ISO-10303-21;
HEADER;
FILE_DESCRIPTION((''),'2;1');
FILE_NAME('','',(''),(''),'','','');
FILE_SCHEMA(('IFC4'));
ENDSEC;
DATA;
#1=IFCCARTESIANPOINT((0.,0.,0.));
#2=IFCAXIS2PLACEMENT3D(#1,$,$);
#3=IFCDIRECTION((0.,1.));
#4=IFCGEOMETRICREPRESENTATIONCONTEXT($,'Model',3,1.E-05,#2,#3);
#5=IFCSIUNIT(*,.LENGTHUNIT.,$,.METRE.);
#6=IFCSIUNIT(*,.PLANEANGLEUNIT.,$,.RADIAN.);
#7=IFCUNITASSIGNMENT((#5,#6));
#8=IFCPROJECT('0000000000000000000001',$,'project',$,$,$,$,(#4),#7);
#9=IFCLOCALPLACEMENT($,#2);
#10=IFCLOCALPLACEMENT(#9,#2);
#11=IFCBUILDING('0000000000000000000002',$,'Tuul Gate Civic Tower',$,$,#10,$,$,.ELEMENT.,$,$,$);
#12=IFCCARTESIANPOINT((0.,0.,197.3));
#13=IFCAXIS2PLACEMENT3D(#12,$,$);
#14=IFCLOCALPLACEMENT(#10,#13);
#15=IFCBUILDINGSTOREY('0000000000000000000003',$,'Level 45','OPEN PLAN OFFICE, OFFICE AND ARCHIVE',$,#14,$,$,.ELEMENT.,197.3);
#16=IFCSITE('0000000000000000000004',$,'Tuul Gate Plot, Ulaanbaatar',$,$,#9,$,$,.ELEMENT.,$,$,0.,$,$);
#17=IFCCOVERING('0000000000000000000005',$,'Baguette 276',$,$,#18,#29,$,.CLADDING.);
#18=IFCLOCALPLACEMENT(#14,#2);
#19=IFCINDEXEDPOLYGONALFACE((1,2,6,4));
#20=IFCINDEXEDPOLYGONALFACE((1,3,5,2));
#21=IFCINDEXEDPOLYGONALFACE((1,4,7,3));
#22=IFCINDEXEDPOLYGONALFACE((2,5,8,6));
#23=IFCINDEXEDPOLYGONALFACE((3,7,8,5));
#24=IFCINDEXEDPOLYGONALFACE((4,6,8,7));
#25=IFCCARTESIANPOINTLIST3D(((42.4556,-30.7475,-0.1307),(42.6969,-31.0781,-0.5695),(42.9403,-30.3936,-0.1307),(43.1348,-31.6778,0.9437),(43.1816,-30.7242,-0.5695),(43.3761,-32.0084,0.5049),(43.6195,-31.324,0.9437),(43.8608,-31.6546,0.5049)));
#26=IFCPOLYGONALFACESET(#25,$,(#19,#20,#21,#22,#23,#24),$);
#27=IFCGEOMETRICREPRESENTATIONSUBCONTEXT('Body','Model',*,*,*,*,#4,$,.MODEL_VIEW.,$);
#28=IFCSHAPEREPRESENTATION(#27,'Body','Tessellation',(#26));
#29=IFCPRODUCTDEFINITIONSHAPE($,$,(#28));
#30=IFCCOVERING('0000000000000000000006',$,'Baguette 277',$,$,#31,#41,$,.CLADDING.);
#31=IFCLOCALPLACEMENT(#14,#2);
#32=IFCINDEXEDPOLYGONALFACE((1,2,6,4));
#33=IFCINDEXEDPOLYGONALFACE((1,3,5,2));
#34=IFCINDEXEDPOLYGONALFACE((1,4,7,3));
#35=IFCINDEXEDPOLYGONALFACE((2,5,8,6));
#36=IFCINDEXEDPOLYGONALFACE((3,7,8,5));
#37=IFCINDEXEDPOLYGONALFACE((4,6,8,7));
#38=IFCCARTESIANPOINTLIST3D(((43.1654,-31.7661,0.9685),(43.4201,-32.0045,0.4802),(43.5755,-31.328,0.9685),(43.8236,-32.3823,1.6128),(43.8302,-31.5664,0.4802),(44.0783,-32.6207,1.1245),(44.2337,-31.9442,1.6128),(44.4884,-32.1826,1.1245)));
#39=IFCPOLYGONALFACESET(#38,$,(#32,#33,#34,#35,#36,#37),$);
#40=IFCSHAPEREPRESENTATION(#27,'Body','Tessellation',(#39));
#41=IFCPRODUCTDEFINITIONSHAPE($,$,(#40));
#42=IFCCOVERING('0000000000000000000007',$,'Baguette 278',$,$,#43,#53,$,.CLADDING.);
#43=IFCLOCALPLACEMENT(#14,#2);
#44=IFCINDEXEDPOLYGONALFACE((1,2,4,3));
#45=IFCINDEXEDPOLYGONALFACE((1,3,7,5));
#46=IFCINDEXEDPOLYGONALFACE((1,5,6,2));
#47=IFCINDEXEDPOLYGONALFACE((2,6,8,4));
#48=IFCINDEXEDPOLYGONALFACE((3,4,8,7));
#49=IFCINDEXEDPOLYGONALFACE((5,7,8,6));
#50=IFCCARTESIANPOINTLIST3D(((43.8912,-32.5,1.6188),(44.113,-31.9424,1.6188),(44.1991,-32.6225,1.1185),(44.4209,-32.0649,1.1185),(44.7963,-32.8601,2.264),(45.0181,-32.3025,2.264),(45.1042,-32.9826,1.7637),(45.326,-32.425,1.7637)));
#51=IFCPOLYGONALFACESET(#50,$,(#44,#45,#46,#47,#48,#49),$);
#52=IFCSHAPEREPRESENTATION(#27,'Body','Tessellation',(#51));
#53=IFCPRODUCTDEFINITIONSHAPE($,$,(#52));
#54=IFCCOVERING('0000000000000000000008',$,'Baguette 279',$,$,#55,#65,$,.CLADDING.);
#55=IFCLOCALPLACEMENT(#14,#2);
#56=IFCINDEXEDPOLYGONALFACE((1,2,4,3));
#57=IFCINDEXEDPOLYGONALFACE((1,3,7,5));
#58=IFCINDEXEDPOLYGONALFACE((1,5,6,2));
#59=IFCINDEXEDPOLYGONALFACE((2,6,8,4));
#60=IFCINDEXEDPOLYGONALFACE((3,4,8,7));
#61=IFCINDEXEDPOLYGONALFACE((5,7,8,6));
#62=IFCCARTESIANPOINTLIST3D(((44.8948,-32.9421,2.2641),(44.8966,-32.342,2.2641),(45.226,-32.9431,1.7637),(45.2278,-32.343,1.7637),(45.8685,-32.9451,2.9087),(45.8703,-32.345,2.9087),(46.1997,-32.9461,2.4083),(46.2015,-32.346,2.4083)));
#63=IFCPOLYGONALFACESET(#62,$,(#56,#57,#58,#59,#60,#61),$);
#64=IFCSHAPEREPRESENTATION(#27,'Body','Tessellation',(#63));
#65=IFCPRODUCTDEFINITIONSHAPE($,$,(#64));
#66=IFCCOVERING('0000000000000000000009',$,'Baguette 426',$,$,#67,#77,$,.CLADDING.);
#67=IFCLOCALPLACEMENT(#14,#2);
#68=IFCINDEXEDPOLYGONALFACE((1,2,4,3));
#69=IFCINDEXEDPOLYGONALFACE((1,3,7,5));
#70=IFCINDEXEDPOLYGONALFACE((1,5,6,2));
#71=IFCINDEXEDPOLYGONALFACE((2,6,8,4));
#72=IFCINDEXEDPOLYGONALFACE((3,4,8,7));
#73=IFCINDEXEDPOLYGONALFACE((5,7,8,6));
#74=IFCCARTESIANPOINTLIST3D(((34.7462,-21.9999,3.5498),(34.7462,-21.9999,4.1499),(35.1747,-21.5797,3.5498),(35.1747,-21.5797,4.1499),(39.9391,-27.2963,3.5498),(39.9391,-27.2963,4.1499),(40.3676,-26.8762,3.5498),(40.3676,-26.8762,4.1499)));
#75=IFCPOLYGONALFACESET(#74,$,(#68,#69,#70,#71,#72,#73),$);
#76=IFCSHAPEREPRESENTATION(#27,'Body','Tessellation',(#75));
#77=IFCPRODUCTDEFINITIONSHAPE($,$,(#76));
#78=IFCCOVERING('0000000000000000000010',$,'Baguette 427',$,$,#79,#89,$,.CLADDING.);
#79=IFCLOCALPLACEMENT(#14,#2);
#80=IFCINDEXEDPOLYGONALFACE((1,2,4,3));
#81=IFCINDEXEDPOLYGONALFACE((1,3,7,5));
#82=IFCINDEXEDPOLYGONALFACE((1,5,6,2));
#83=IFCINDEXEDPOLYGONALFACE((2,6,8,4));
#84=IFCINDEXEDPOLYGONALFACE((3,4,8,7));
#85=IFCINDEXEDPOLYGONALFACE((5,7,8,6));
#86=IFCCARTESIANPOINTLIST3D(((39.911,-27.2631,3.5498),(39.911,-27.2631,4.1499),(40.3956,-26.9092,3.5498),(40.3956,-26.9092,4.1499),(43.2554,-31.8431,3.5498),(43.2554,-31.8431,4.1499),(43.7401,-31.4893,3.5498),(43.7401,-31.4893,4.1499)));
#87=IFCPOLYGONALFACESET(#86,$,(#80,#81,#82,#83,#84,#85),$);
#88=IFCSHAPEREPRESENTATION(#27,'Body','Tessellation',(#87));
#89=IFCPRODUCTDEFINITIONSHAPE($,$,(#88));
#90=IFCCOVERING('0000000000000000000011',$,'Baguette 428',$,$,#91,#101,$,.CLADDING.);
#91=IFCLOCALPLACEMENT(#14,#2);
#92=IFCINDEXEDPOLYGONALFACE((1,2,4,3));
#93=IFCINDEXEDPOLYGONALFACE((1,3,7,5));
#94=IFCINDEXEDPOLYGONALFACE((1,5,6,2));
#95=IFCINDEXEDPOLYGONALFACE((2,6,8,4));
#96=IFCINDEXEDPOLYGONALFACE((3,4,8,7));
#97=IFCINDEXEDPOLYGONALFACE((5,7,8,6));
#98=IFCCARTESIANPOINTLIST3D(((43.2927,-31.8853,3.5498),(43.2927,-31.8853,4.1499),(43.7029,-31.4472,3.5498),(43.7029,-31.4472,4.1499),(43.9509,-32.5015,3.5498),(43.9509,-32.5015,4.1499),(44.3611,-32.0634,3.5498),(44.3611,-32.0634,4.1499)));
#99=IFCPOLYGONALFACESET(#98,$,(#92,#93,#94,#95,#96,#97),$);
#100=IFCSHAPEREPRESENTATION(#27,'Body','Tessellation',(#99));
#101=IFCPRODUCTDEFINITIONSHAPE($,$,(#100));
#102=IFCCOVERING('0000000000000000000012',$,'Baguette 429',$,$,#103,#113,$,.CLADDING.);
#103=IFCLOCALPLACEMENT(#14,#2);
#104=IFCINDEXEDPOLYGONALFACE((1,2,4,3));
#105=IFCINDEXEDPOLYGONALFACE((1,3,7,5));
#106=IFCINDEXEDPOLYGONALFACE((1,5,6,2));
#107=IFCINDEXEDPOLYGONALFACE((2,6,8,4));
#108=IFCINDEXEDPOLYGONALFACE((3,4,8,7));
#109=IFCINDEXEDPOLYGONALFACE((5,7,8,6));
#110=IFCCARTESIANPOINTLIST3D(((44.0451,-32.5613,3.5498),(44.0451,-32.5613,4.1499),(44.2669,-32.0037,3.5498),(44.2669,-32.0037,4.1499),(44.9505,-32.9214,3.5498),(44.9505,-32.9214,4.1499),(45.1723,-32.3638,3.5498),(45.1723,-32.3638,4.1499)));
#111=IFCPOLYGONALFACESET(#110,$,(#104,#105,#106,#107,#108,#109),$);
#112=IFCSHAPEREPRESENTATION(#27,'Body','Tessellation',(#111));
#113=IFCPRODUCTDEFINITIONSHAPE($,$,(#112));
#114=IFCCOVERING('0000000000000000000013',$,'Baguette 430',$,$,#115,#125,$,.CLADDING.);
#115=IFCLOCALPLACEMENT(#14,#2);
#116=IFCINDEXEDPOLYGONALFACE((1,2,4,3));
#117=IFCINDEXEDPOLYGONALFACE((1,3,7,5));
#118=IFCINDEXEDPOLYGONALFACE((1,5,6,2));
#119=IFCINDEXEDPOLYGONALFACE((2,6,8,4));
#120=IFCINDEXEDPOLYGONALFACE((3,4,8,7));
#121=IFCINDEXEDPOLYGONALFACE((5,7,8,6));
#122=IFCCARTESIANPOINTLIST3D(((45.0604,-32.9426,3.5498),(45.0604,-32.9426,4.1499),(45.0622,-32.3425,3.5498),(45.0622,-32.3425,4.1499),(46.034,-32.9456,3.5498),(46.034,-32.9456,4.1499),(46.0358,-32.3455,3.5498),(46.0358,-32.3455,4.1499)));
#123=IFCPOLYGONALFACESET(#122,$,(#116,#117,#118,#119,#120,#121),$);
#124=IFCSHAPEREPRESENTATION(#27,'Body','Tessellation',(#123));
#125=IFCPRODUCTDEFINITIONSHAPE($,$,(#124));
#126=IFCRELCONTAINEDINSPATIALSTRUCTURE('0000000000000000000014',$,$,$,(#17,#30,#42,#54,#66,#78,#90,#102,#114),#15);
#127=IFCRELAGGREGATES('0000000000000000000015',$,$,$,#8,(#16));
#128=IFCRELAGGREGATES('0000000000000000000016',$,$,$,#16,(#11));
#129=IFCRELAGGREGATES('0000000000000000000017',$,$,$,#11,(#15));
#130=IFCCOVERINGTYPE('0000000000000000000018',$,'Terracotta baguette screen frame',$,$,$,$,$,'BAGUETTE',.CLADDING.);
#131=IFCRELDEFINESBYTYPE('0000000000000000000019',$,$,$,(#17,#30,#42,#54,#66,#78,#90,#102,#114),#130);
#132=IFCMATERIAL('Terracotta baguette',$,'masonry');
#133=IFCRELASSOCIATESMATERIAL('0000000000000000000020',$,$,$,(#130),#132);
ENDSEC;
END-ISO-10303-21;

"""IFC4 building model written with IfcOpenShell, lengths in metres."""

from ifc_helpers import new_model, si_unit, direction, frame, origin, origin_2d, place, context, subcontext, project, spatial, rectangle, extrude, material, material_profile, profile_set, type_object, element, save


model = new_model("IFC4")

# Units and contexts
model_context = context("Model", 3, precision=1e-05, world=origin(), true_north=direction((0.0, 1.0)))
body_context = subcontext(model_context, "Body", "Model", "MODEL_VIEW")
ifc_project = project(units=[si_unit("LENGTHUNIT", "METRE"), si_unit("PLANEANGLEUNIT", "RADIAN")], contexts=[model_context])

# Site, building, storey
site_placement = place(None, origin())
site = spatial("IfcSite", under=ifc_project, at=site_placement, Name="Tuul Gate Plot, Ulaanbaatar", CompositionType="ELEMENT", RefElevation=0.0)
building_placement = place(site_placement, origin())
building = spatial("IfcBuilding", under=site, at=building_placement, Name="Tuul Gate Civic Tower", CompositionType="ELEMENT")
storey_placement = place(building_placement, frame((0.0, 0.0, 197.3)))
storey = spatial("IfcBuildingStorey", under=building, at=storey_placement, Name="Level 45", Description="OPEN PLAN OFFICE, OFFICE AND ARCHIVE", CompositionType="ELEMENT", Elevation=197.3)

# Coverings
ifc_material_1 = material(Name="Terracotta baguette", Category="masonry")
ifc_material_profile_1 = material_profile(ifc_material_1, rectangle(XDim=0.6001, YDim=0.6001, at=origin_2d()), Name="Terracotta baguette screen frame")
ifc_profile_set_1 = profile_set([ifc_material_profile_1], Name="Terracotta baguette")
covering_type = type_object("IfcCoveringType", Name="Terracotta baguette screen frame", ElementType="BAGUETTE", PredefinedType="CLADDING", material=ifc_profile_set_1)
covering_1_placement = place(storey_placement, frame((42.8186, -30.7358, -0.3501), z_axis=(0.431165, -0.590643, 0.682083), x_axis=(0.80769, 0.589607, 0.0)))
element("IfcCovering", 1, at=covering_1_placement, inside=storey, type_object=covering_type, Name="Baguette 276", PredefinedType="CLADDING", context=body_context, shape_type="SweptSolid", body=[
    extrude(rectangle(XDim=0.6001, YDim=0.6001, at=origin_2d()), origin(), (0.0, 0.0, 1.0), 1.5752),
])
covering_2_placement = place(storey_placement, frame((43.4978, -31.6663, 0.7244), z_axis=(0.593952, -0.556059, 0.581394), x_axis=(0.683437, 0.73001, 0.0)))
element("IfcCovering", 2, at=covering_2_placement, inside=storey, type_object=covering_type, Name="Baguette 277", PredefinedType="CLADDING", context=body_context, shape_type="SweptSolid", body=[
    extrude(rectangle(XDim=0.6001, YDim=0.6001, at=origin_2d()), origin(), (0.0, 0.0, 1.0), 1.1082),
])
covering_3_placement = place(storey_placement, frame((44.156, -32.2825, 1.3687), z_axis=(0.774683, -0.30816, 0.552181), x_axis=(0.369619, 0.929184, 0.0)))
element("IfcCovering", 3, at=covering_3_placement, inside=storey, type_object=covering_type, Name="Baguette 278", PredefinedType="CLADDING", context=body_context, shape_type="SweptSolid", body=[
    extrude(rectangle(XDim=0.6001, YDim=0.6001, at=origin_2d()), origin(), (0.0, 0.0, 1.0), 1.1685),
])
covering_4_placement = place(storey_placement, frame((45.0613, -32.6426, 2.0139), z_axis=(0.833845, -0.002509, 0.551993), x_axis=(0.003009, 0.999995, 0.0)))
element("IfcCovering", 4, at=covering_4_placement, inside=storey, type_object=covering_type, Name="Baguette 279", PredefinedType="CLADDING", context=body_context, shape_type="SweptSolid", body=[
    extrude(rectangle(XDim=0.6001, YDim=0.6001, at=origin_2d()), origin(), (0.0, 0.0, 1.0), 1.1677),
])
covering_5_placement = place(storey_placement, frame((34.9604, -21.7898, 3.8499), z_axis=(0.700094, -0.71405, 0.0), x_axis=(0.71405, 0.700094, 0.0)))
element("IfcCovering", 5, at=covering_5_placement, inside=storey, type_object=covering_type, Name="Baguette 426", PredefinedType="CLADDING", context=body_context, shape_type="SweptSolid", body=[
    extrude(rectangle(XDim=0.6001, YDim=0.6001, at=origin_2d()), origin(), (0.0, 0.0, 1.0), 7.4175),
])
covering_6_placement = place(storey_placement, frame((40.1533, -27.0862, 3.8499), z_axis=(0.589729, -0.807601, 0.0), x_axis=(0.807601, 0.589729, 0.0)))
element("IfcCovering", 6, at=covering_6_placement, inside=storey, type_object=covering_type, Name="Baguette 427", PredefinedType="CLADDING", context=body_context, shape_type="SweptSolid", body=[
    extrude(rectangle(XDim=0.6001, YDim=0.6001, at=origin_2d()), origin(), (0.0, 0.0, 1.0), 5.6711),
])
covering_7_placement = place(storey_placement, frame((43.4978, -31.6663, 3.8499), z_axis=(0.73001, -0.683437, 0.0), x_axis=(0.683437, 0.73001, 0.0)))
element("IfcCovering", 7, at=covering_7_placement, inside=storey, type_object=covering_type, Name="Baguette 428", PredefinedType="CLADDING", context=body_context, shape_type="SweptSolid", body=[
    extrude(rectangle(XDim=0.6001, YDim=0.6001, at=origin_2d()), origin(), (0.0, 0.0, 1.0), 0.9016),
])
covering_8_placement = place(storey_placement, frame((44.156, -32.2825, 3.8499), z_axis=(0.929184, -0.369619, 0.0), x_axis=(0.369619, 0.929184, 0.0)))
element("IfcCovering", 8, at=covering_8_placement, inside=storey, type_object=covering_type, Name="Baguette 429", PredefinedType="CLADDING", context=body_context, shape_type="SweptSolid", body=[
    extrude(rectangle(XDim=0.6001, YDim=0.6001, at=origin_2d()), origin(), (0.0, 0.0, 1.0), 0.9744),
])
covering_9_placement = place(storey_placement, frame((45.0613, -32.6426, 3.8499), z_axis=(0.999995, -0.003009, 0.0), x_axis=(0.003009, 0.999995, 0.0)))
element("IfcCovering", 9, at=covering_9_placement, inside=storey, type_object=covering_type, Name="Baguette 430", PredefinedType="CLADDING", context=body_context, shape_type="SweptSolid", body=[
    extrude(rectangle(XDim=0.6001, YDim=0.6001, at=origin_2d()), origin(), (0.0, 0.0, 1.0), 0.9736),
])

save(model, "model.ifc")
